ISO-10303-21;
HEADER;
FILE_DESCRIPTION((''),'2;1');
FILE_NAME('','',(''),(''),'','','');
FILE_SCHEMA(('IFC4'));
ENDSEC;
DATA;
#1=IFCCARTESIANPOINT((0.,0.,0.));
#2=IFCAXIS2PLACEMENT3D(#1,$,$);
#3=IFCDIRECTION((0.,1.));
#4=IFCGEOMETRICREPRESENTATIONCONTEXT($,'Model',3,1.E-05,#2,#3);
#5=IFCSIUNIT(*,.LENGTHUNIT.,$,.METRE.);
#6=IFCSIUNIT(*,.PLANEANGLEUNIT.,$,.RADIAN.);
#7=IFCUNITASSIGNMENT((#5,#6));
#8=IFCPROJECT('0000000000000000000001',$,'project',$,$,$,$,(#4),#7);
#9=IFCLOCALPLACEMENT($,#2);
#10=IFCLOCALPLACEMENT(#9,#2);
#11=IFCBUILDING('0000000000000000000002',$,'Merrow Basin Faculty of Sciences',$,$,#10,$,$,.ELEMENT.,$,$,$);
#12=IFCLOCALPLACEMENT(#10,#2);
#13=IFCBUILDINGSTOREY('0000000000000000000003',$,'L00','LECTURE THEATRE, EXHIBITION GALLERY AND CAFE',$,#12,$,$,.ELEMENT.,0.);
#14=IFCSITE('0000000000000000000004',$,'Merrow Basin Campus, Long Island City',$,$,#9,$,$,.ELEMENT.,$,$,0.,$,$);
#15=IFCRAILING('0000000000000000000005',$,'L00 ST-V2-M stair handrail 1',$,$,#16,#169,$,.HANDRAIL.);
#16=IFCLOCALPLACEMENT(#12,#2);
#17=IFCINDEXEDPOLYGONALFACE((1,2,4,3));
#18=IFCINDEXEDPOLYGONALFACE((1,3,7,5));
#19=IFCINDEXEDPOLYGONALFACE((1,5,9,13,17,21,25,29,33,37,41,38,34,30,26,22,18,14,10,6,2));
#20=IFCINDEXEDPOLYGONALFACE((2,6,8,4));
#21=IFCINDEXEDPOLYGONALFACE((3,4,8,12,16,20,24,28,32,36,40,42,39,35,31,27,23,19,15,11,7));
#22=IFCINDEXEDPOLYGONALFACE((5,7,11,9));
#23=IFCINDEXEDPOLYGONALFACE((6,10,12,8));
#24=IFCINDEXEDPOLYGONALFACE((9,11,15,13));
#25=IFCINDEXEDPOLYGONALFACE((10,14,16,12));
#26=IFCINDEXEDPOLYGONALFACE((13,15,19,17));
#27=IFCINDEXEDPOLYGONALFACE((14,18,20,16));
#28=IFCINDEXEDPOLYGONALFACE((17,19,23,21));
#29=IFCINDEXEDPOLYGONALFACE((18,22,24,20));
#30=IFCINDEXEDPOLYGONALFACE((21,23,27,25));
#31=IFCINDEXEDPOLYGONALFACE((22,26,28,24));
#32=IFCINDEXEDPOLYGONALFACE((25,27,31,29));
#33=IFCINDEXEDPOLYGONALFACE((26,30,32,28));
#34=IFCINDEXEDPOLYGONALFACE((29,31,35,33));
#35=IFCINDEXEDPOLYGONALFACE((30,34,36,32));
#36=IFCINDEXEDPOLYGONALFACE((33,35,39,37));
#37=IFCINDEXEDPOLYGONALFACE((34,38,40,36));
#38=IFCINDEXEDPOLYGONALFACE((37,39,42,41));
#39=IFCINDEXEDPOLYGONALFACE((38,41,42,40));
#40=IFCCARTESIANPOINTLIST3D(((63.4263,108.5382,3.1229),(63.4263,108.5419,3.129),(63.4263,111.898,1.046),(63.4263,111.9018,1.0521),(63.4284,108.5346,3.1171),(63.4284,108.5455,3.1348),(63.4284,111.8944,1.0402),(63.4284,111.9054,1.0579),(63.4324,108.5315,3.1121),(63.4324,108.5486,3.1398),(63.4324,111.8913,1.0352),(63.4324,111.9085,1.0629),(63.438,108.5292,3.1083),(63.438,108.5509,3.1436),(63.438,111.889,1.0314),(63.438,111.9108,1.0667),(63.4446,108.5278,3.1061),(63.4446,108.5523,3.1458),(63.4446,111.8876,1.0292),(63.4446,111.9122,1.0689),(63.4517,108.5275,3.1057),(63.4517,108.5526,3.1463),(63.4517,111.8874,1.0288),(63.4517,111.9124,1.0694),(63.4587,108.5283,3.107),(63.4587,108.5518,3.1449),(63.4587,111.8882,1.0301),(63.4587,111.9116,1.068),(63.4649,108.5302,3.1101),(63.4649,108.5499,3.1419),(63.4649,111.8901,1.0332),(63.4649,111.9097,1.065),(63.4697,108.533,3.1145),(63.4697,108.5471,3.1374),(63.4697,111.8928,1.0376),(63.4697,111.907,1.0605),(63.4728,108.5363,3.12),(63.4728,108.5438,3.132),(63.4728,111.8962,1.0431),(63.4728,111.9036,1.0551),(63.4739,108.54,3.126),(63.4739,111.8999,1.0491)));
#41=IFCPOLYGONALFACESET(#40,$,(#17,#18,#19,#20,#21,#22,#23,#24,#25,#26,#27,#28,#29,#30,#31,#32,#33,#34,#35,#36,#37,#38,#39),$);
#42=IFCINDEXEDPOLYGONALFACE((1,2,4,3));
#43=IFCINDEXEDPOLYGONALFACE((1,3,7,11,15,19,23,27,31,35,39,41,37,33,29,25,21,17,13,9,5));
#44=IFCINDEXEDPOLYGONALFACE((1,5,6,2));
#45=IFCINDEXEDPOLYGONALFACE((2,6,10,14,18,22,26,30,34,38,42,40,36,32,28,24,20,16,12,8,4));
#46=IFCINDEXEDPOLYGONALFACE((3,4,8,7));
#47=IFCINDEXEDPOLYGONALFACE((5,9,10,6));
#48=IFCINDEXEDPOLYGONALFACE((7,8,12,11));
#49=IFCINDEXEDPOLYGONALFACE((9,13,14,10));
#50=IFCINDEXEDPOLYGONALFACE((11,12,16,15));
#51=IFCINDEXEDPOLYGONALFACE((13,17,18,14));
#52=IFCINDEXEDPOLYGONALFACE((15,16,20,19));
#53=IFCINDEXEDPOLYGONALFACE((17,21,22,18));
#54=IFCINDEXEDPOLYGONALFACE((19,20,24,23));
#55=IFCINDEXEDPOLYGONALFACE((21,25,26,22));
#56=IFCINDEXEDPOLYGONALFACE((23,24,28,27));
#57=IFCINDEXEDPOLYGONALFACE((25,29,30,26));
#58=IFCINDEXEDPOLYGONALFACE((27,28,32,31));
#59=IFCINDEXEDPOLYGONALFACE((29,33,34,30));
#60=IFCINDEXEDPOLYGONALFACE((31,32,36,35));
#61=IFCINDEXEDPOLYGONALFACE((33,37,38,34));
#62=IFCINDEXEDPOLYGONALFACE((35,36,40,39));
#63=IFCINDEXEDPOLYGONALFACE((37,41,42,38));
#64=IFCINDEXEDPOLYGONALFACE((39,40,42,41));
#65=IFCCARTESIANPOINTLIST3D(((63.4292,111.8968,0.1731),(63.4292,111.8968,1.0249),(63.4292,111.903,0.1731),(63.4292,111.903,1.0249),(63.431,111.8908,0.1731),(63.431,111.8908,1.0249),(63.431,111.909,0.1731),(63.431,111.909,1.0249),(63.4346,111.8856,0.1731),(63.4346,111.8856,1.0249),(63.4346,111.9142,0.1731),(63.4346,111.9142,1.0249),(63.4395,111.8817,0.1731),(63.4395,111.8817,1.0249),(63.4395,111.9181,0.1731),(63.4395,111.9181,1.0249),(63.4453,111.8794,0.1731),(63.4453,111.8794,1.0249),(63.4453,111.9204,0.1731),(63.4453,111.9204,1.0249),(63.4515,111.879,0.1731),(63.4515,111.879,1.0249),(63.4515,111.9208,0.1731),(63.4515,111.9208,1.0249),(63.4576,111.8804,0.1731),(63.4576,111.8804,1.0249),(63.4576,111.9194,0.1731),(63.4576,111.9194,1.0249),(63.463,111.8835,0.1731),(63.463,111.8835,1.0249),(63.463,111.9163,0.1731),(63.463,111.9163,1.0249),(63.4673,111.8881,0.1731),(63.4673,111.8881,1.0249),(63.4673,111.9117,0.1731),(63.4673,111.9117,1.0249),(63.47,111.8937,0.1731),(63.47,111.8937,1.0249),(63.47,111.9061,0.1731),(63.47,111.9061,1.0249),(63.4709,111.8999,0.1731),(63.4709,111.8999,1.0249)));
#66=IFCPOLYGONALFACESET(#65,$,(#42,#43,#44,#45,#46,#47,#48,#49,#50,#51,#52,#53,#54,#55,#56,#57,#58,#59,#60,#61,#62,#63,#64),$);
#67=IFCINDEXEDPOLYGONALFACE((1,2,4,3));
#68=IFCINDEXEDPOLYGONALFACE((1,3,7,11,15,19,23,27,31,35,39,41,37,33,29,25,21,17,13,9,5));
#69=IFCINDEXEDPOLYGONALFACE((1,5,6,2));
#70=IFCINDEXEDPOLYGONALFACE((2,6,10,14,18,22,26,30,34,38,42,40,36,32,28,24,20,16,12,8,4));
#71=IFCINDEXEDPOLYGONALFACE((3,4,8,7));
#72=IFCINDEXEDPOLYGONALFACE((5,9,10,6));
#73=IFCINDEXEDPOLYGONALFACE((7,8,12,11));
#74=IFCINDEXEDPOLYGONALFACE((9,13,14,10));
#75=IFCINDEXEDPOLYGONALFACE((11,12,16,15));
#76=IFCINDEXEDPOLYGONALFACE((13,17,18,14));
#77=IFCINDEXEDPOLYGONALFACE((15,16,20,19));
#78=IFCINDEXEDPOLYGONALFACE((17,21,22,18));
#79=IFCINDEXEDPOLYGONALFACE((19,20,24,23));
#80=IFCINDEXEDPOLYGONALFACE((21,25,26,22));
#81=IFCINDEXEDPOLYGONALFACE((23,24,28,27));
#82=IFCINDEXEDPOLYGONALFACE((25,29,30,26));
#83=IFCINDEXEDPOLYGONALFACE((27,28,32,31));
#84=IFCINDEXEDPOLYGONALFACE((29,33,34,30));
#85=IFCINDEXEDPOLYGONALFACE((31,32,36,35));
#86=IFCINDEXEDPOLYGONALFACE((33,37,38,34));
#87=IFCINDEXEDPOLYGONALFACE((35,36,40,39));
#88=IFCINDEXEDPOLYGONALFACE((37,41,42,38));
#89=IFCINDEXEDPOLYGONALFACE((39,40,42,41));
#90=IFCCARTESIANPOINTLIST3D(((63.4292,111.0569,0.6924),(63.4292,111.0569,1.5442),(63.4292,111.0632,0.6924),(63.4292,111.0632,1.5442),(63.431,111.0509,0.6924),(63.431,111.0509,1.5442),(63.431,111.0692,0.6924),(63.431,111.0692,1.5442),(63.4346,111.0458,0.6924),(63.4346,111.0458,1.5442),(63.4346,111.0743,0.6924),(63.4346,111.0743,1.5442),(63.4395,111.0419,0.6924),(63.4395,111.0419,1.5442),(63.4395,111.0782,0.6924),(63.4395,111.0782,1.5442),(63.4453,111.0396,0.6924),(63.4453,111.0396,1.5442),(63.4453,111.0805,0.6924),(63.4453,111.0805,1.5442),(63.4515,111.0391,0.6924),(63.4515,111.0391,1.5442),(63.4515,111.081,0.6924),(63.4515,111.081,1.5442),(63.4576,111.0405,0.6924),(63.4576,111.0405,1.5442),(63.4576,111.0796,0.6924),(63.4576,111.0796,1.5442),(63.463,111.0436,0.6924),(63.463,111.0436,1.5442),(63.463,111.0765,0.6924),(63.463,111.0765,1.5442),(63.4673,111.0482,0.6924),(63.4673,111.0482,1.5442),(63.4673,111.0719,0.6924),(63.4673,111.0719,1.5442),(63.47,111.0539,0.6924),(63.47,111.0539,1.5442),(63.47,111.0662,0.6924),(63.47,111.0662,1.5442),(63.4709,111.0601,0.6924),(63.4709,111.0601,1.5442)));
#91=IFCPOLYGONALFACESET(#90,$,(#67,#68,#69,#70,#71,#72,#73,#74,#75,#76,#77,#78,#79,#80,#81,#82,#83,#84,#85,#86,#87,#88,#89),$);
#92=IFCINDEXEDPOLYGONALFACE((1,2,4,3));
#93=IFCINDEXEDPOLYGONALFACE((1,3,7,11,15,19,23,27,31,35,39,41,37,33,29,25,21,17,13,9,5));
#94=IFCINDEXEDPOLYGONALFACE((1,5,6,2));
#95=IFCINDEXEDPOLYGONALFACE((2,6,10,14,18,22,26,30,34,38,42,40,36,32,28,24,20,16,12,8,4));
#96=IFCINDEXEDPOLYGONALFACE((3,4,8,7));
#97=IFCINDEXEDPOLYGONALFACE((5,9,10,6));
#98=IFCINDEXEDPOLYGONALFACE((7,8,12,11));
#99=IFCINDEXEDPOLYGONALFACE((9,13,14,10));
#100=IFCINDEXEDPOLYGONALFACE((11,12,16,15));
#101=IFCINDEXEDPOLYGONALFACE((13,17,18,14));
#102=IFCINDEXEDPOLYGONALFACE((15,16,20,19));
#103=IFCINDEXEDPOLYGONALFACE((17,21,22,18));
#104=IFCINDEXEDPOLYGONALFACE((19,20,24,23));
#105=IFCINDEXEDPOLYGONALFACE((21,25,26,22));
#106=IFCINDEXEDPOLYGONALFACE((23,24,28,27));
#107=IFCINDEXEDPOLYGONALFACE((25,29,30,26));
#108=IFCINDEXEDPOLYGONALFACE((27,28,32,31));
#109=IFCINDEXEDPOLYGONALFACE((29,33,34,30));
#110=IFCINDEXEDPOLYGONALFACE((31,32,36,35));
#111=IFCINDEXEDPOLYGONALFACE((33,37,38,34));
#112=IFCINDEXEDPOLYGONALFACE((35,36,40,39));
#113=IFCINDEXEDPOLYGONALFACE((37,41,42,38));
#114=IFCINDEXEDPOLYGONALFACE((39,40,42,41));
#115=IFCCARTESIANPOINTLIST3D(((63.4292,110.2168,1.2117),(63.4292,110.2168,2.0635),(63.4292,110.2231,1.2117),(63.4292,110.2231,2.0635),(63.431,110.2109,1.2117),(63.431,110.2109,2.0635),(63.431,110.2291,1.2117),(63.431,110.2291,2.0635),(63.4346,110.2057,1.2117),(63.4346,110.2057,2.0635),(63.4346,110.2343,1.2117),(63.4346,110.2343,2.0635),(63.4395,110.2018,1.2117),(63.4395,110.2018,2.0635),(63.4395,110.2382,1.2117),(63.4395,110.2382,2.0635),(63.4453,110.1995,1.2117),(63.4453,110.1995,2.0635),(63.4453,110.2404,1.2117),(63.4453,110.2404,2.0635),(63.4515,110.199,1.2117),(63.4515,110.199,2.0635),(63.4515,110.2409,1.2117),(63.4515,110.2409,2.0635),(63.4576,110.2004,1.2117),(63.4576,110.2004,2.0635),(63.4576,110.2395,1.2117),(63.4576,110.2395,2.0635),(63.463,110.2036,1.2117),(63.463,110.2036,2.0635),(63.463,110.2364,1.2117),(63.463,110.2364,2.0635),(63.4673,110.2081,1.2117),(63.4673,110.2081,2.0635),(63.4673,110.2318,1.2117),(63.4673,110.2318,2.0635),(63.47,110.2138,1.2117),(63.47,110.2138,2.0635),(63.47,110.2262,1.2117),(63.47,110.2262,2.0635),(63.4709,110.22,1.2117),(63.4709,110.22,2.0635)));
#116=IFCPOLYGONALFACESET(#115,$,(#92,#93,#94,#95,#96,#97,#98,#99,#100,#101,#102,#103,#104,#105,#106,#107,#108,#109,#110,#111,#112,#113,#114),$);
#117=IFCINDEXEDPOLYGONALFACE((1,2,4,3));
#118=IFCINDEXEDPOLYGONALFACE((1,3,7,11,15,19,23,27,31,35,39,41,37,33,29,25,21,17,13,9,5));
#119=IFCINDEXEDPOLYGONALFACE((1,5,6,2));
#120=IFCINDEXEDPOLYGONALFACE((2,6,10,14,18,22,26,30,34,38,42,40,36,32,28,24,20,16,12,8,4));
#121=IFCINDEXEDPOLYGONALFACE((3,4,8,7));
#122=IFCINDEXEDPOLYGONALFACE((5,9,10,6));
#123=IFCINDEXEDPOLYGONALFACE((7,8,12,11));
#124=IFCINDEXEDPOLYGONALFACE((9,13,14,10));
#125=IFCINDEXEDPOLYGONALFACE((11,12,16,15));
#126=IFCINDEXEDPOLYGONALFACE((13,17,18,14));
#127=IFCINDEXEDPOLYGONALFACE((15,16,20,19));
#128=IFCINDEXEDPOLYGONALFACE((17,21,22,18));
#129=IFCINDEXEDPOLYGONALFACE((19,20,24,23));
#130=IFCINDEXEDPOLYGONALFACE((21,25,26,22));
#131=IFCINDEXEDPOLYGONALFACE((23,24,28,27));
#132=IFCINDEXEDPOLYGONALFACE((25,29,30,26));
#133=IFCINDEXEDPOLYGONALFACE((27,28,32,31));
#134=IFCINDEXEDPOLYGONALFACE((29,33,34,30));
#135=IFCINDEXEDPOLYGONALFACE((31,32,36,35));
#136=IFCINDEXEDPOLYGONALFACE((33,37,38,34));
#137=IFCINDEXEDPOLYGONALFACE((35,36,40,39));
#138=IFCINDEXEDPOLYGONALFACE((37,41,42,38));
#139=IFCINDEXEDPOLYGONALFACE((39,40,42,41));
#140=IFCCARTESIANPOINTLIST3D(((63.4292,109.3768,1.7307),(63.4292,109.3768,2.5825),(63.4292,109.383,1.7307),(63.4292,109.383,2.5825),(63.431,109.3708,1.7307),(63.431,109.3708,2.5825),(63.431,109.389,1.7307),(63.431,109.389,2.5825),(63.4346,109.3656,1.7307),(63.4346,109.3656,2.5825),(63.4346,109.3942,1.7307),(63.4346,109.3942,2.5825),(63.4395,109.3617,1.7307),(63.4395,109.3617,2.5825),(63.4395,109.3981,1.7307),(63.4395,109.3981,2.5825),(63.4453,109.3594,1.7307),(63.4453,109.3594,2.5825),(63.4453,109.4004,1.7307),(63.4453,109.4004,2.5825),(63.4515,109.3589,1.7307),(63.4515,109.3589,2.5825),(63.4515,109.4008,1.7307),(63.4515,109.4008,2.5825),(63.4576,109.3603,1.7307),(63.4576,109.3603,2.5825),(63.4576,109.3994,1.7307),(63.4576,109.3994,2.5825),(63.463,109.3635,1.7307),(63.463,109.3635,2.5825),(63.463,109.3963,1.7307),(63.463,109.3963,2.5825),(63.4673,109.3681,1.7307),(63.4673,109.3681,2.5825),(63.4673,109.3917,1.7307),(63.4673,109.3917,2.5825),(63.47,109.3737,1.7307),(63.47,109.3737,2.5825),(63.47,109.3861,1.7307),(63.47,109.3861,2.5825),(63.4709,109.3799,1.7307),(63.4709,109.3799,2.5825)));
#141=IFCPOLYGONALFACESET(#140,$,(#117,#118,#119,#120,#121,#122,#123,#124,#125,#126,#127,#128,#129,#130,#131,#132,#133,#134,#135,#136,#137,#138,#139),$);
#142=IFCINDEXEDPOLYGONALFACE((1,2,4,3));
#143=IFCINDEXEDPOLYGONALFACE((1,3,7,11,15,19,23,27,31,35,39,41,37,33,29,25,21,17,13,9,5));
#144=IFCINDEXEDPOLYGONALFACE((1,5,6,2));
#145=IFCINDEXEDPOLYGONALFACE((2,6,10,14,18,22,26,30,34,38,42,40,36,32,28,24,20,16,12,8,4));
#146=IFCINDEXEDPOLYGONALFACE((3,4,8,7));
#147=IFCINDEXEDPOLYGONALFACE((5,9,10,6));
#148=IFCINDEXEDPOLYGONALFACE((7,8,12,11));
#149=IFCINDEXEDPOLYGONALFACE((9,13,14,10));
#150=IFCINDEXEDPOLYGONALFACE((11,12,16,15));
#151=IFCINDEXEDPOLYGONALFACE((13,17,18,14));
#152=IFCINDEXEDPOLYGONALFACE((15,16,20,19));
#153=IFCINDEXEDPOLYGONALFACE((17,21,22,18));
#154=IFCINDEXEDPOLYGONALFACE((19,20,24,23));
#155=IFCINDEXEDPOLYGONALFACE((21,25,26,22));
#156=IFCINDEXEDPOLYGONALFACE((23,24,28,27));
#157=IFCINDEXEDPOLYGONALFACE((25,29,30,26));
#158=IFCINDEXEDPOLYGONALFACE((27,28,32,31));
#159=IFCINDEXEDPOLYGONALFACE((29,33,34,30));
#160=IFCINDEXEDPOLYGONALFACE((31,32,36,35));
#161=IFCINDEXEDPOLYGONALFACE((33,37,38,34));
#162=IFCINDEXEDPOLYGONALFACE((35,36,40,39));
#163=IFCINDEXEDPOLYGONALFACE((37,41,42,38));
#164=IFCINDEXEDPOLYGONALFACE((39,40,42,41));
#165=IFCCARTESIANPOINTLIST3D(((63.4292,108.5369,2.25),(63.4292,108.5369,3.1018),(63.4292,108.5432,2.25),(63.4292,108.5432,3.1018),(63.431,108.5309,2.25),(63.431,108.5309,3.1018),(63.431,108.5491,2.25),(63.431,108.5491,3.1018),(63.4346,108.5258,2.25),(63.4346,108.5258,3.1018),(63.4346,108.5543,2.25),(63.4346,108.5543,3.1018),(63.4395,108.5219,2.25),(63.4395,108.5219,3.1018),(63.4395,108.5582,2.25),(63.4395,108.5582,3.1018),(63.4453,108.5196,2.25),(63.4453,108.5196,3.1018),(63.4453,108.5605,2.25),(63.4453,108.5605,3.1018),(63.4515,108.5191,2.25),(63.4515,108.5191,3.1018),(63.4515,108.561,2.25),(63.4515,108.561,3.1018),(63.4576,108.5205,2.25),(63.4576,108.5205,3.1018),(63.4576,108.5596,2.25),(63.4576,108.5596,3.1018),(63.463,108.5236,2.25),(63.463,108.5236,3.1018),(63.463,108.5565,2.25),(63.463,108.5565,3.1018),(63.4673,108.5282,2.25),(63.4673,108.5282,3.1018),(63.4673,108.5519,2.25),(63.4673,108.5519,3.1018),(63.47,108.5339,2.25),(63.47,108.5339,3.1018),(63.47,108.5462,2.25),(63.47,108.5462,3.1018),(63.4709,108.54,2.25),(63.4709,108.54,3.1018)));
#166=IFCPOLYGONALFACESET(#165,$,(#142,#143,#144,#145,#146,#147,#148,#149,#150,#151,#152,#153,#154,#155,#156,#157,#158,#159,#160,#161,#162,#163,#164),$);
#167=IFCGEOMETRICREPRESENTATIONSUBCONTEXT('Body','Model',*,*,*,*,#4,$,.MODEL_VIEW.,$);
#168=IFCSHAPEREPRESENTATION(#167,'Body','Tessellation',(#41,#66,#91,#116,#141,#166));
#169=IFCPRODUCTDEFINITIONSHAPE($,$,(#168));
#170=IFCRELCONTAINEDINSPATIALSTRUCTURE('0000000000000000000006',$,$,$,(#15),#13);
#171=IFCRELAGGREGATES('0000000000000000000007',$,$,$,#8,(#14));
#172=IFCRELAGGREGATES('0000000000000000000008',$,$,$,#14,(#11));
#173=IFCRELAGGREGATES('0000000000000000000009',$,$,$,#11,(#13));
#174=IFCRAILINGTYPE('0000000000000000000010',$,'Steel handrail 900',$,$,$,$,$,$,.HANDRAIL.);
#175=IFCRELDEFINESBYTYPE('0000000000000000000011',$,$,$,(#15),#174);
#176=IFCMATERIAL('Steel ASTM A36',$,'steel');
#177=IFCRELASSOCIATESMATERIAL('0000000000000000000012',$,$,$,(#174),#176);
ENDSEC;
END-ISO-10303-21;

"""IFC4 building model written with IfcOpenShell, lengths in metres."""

from ifc_helpers import new_model, si_unit, direction, frame, origin, origin_2d, place, context, subcontext, project, spatial, circle, extrude, material, type_object, element, save


model = new_model("IFC4")

# Units and contexts
model_context = context("Model", 3, precision=1e-05, world=origin(), true_north=direction((0.0, 1.0)))
body_context = subcontext(model_context, "Body", "Model", "MODEL_VIEW")
ifc_project = project(units=[si_unit("LENGTHUNIT", "METRE"), si_unit("PLANEANGLEUNIT", "RADIAN")], contexts=[model_context])

# Site, building, storey
site_placement = place(None, origin())
site = spatial("IfcSite", under=ifc_project, at=site_placement, Name="Merrow Basin Campus, Long Island City", CompositionType="ELEMENT", RefElevation=0.0)
building_placement = place(site_placement, origin())
building = spatial("IfcBuilding", under=site, at=building_placement, Name="Merrow Basin Faculty of Sciences", CompositionType="ELEMENT")
storey_placement = place(building_placement, origin())
storey = spatial("IfcBuildingStorey", under=building, at=storey_placement, Name="L00", Description="LECTURE THEATRE, EXHIBITION GALLERY AND CAFE", CompositionType="ELEMENT", Elevation=0.0)

# Railing
ifc_material_1 = material(Name="Steel ASTM A36", Category="steel")
railing_type_1 = type_object("IfcRailingType", Name="Steel handrail 900", PredefinedType="HANDRAIL", material=ifc_material_1)
railing_1_placement = place(storey_placement, frame((63.45, 111.8999, 0.1731)))
element("IfcRailing", 1, at=railing_1_placement, inside=storey, type_object=railing_type_1, Name="L00 ST-V2-M stair handrail 1", PredefinedType="HANDRAIL", context=body_context, shape_type="SweptSolid", body=[
    extrude(circle(Radius=0.0239, at=origin_2d()), frame((0.0, 0.0, 0.876), z_axis=(0.0, -0.850606, 0.525803), x_axis=(1.0, 0.0, 0.0)), (0.0, 0.0, 1.0), 3.95),
    extrude(circle(Radius=0.021, at=origin_2d()), origin(), (0.0, 0.0, 1.0), 0.8518),
    extrude(circle(Radius=0.021, at=origin_2d()), frame((0.0, -0.8398, 0.5193)), (0.0, 0.0, 1.0), 0.8518),
    extrude(circle(Radius=0.021, at=origin_2d()), frame((0.0, -1.6799, 1.0386)), (0.0, 0.0, 1.0), 0.8518),
    extrude(circle(Radius=0.021, at=origin_2d()), frame((0.0, -2.52, 1.5576)), (0.0, 0.0, 1.0), 0.8518),
    extrude(circle(Radius=0.021, at=origin_2d()), frame((0.0, -3.3599, 2.0769)), (0.0, 0.0, 1.0), 0.8518),
])

save(model, "model.ifc")
